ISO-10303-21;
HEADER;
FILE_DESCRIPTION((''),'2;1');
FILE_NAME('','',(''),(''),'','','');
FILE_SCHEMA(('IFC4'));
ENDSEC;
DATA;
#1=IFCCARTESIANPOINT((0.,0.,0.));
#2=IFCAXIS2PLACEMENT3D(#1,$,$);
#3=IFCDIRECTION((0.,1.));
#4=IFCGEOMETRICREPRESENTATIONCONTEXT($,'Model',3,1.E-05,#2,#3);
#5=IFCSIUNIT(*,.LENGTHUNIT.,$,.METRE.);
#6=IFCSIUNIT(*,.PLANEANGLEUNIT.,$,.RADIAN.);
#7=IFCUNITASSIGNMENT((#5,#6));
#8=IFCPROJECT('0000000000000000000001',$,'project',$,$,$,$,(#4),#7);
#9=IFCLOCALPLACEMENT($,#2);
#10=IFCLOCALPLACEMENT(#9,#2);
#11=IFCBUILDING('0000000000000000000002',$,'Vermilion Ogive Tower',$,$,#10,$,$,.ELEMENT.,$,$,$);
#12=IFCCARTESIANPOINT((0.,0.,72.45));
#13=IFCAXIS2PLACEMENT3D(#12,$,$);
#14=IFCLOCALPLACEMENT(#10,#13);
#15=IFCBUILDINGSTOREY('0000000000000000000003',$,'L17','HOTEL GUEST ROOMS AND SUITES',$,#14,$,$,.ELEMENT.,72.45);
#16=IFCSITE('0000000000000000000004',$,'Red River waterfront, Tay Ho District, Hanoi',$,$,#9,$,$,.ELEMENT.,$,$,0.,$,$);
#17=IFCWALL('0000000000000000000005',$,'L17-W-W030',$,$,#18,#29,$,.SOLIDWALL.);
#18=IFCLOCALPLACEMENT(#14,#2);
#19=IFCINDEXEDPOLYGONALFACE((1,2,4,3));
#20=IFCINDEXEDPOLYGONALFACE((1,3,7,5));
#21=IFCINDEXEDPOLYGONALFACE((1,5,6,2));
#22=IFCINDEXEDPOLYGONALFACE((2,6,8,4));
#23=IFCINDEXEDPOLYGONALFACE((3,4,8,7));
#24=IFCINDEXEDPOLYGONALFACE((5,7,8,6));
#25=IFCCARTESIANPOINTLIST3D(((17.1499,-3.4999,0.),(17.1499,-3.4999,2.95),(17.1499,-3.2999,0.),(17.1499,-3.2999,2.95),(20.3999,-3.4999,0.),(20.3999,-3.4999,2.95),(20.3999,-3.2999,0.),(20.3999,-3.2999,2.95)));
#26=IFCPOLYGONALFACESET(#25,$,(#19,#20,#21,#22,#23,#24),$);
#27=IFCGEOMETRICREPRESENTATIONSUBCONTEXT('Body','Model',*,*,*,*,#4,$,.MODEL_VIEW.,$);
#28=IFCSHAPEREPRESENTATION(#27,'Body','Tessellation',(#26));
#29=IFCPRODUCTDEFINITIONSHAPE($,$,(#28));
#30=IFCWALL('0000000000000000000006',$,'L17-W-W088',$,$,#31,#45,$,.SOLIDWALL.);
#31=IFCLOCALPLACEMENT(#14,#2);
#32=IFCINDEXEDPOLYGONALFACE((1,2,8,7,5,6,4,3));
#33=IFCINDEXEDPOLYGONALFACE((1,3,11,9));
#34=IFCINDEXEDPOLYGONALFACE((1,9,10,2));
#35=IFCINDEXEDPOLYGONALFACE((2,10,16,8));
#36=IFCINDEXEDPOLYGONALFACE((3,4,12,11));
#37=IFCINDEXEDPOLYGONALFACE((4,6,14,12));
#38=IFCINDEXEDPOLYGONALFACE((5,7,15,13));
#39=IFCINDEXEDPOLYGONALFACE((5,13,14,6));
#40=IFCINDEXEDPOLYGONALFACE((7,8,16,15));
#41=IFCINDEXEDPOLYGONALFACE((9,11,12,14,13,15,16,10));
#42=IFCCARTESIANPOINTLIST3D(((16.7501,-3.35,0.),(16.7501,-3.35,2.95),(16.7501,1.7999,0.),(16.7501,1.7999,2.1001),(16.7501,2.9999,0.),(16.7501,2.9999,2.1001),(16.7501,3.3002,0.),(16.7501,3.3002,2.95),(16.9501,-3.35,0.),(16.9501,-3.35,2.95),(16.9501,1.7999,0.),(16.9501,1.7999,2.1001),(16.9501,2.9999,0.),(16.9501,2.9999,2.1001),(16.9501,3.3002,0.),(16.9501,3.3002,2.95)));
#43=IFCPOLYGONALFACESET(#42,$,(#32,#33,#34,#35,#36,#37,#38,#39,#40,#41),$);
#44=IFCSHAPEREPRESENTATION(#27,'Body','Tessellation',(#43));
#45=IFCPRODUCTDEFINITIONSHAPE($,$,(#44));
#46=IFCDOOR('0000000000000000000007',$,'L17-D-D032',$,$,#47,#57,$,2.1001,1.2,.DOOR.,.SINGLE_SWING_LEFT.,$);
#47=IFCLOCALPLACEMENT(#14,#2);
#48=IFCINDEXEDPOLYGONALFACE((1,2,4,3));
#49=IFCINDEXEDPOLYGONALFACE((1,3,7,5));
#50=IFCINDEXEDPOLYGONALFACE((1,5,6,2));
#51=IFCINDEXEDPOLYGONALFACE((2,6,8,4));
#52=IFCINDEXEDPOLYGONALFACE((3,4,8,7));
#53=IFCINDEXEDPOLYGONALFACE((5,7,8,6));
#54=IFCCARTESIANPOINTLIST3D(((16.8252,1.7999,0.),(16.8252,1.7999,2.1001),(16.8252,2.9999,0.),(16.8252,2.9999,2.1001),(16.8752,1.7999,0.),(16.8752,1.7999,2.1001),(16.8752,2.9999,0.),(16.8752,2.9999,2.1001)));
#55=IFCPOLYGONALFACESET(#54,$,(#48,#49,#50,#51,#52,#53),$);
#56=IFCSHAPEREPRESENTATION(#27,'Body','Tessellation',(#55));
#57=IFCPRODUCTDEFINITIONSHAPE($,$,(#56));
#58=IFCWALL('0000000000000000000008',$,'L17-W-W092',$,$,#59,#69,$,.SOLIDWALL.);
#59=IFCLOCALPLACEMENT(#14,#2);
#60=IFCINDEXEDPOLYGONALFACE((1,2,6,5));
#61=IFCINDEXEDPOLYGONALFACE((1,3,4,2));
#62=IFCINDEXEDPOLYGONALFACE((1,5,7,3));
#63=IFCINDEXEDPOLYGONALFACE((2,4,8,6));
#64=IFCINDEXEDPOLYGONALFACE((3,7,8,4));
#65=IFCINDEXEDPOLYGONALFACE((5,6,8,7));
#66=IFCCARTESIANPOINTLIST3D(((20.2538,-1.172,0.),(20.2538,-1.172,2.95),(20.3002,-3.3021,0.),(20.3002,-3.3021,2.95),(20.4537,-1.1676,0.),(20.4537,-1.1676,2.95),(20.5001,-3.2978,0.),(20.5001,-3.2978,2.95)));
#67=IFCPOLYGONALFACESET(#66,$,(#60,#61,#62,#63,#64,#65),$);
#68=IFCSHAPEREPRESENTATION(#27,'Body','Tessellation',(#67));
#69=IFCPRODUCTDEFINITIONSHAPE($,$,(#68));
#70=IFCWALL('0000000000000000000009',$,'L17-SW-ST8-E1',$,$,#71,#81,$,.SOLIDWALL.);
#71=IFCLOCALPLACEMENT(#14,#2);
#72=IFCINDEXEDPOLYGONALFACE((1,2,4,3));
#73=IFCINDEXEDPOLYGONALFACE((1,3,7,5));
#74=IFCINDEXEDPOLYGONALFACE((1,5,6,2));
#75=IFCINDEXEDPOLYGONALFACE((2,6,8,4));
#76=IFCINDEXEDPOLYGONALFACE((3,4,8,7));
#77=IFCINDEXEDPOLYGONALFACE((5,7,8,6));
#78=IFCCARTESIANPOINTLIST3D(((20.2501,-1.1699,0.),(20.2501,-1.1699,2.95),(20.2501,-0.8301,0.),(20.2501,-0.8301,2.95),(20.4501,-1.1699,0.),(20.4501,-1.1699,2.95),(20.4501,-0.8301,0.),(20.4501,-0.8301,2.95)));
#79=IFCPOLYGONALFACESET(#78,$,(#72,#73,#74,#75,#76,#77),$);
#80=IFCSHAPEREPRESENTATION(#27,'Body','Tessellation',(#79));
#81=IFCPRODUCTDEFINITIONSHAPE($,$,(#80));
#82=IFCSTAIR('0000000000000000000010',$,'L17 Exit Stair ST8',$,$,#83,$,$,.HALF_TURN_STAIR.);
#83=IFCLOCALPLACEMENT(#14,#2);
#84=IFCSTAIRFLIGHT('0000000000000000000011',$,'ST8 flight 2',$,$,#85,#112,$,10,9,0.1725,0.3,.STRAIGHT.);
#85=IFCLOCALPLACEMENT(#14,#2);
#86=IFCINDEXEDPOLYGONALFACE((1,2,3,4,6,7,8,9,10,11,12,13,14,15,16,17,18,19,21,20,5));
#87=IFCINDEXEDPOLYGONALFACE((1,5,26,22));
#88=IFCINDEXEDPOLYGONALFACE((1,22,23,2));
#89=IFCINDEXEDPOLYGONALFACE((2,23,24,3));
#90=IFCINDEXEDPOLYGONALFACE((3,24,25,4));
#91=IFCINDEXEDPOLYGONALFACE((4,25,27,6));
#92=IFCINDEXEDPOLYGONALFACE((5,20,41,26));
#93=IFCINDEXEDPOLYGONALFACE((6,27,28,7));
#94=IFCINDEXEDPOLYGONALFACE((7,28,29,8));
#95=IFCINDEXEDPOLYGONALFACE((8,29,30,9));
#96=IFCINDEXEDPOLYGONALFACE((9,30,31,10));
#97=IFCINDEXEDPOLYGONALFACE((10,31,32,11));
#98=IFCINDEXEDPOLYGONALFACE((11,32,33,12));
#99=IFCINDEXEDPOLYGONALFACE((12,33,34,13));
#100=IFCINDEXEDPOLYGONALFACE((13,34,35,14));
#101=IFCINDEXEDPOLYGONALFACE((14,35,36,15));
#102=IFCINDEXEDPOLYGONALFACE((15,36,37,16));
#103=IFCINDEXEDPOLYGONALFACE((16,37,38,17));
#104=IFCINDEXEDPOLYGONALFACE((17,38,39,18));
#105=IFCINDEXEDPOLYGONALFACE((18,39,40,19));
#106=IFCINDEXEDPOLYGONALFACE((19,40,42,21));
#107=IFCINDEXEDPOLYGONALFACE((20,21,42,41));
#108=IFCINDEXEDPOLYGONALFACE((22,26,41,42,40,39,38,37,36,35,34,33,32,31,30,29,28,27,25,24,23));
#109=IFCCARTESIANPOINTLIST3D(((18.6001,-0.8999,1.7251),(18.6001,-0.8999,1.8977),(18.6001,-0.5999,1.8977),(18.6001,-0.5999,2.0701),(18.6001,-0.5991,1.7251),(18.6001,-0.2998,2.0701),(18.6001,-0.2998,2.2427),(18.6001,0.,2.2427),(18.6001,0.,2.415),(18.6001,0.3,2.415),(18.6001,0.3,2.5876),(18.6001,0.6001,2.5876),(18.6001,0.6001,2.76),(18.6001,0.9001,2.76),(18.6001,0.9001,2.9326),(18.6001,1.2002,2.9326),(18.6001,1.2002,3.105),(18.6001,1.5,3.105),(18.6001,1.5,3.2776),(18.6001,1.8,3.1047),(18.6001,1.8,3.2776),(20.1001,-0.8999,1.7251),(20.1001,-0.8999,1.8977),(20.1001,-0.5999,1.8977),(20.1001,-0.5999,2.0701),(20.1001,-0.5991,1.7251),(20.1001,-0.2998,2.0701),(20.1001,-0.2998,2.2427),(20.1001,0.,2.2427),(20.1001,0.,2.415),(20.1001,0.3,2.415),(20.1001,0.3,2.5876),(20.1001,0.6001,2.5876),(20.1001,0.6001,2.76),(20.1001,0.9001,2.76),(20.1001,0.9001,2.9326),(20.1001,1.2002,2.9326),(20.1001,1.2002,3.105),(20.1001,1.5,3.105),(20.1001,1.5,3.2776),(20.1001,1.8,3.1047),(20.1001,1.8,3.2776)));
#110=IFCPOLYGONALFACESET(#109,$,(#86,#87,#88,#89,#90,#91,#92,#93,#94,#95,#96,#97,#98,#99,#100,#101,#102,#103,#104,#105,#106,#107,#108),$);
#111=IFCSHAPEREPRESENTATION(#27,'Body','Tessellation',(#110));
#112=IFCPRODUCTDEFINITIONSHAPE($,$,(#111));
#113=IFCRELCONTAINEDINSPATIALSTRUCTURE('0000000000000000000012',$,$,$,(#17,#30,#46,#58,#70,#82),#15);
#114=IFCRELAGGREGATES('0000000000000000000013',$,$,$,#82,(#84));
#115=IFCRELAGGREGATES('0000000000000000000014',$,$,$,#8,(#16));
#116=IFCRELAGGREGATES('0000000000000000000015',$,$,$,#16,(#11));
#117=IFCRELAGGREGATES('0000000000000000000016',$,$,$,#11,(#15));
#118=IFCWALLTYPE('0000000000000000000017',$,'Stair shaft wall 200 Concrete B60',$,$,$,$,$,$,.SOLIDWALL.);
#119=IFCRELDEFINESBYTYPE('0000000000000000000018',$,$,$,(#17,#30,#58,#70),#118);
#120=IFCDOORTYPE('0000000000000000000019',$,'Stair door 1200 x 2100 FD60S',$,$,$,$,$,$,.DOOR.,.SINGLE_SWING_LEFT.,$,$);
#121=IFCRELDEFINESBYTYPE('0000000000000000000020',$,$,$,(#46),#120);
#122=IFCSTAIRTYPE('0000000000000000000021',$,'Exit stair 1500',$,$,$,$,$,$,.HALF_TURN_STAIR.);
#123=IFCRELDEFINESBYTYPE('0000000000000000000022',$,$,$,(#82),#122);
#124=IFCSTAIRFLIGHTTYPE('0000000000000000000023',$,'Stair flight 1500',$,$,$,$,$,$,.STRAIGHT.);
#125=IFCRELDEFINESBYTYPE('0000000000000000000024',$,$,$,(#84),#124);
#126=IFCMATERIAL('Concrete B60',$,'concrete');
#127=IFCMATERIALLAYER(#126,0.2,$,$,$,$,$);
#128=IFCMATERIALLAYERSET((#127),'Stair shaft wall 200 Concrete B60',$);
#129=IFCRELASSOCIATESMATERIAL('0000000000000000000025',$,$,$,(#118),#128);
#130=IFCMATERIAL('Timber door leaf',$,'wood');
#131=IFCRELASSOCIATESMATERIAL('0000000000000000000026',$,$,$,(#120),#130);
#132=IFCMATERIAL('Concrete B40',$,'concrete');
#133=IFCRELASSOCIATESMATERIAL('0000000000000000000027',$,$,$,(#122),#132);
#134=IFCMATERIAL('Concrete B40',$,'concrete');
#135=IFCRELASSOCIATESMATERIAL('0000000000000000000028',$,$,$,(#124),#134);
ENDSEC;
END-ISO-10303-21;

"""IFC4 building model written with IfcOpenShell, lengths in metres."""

from ifc_helpers import new_model, si_unit, direction, frame, frame_2d, origin, place, context, subcontext, project, spatial, polyline, rectangle, outline, extrude, material, layer, layer_set, type_object, element, fill, aggregate, save


model = new_model("IFC4")

# Units and contexts
model_context = context("Model", 3, precision=1e-05, world=origin(), true_north=direction((0.0, 1.0)))
body_context = subcontext(model_context, "Body", "Model", "MODEL_VIEW")
ifc_project = project(units=[si_unit("LENGTHUNIT", "METRE"), si_unit("PLANEANGLEUNIT", "RADIAN")], contexts=[model_context])

# Site, building, storey
site_placement = place(None, origin())
site = spatial("IfcSite", under=ifc_project, at=site_placement, Name="Red River waterfront, Tay Ho District, Hanoi", CompositionType="ELEMENT", RefElevation=0.0)
building_placement = place(site_placement, origin())
building = spatial("IfcBuilding", under=site, at=building_placement, Name="Vermilion Ogive Tower", CompositionType="ELEMENT")
storey_placement = place(building_placement, frame((0.0, 0.0, 72.45)))
storey = spatial("IfcBuildingStorey", under=building, at=storey_placement, Name="L17", Description="HOTEL GUEST ROOMS AND SUITES", CompositionType="ELEMENT", Elevation=72.45)

# Wall
ifc_material_1 = material(Name="Concrete B60", Category="concrete")
ifc_layer_1 = layer(ifc_material_1, 0.2)
ifc_layer_set_1 = layer_set([ifc_layer_1], Name="Stair shaft wall 200 Concrete B60")
wall_type_1 = type_object("IfcWallType", Name="Stair shaft wall 200 Concrete B60", PredefinedType="SOLIDWALL", material=ifc_layer_set_1)
wall_1_placement = place(storey_placement, frame((17.1499, -3.3999, 0.0), z_axis=(0.0, 0.0, 1.0), x_axis=(1.0, 0.0, 0.0)))
element("IfcWall", 1, at=wall_1_placement, inside=storey, type_object=wall_type_1, Name="L17-W-W030", PredefinedType="SOLIDWALL", context=body_context, shape_type="SweptSolid", body=[
    extrude(rectangle(XDim=3.25, YDim=0.2, at=frame_2d((1.625, 0.0))), origin(), (0.0, 0.0, 1.0), 2.95),
])

# Wall, opening, door
wall_2_placement = place(storey_placement, frame((16.8501, -3.3501, 0.0), z_axis=(0.0, 0.0, 1.0), x_axis=(0.0, 1.0, 0.0)))
wall_2 = element("IfcWall", 2, at=wall_2_placement, inside=storey, type_object=wall_type_1, Name="L17-W-W088", PredefinedType="SOLIDWALL", context=body_context, shape_type="SweptSolid", body=[
    extrude(rectangle(XDim=6.6501, YDim=0.2, at=frame_2d((3.3252, 0.0))), origin(), (0.0, 0.0, 1.0), 2.95),
])
opening_1_placement = place(wall_2_placement, frame((5.1499, 0.0, 0.0)))
opening_1 = element("IfcOpeningElement", 3, at=opening_1_placement, cuts=wall_2, PredefinedType="OPENING", context=body_context, shape_type="SweptSolid", body=[
    extrude(rectangle(XDim=1.2, YDim=2.1001, at=frame_2d((0.6001, 1.05))), frame((0.0, 0.1099, 0.0), z_axis=(0.0, -1.0, 0.0), x_axis=(1.0, 0.0, 0.0)), (0.0, 0.0, 1.0), 0.22),
])
ifc_material_2 = material(Name="Timber door leaf", Category="wood")
door_type_1 = type_object("IfcDoorType", Name="Stair door 1200 x 2100 FD60S", OperationType="SINGLE_SWING_LEFT", PredefinedType="DOOR", material=ifc_material_2)
door_1_placement = place(opening_1_placement, origin())
door_1 = element("IfcDoor", 4, at=door_1_placement, inside=storey, type_object=door_type_1, Name="L17-D-D032", OperationType="SINGLE_SWING_LEFT", OverallHeight=2.1001, OverallWidth=1.2, PredefinedType="DOOR", context=body_context, shape_type="SweptSolid", body=[
    extrude(rectangle(XDim=1.2, YDim=2.1001, at=frame_2d((0.6001, 1.05))), frame((0.0, 0.0249, 0.0), z_axis=(0.0, -1.0, 0.0), x_axis=(1.0, 0.0, 0.0)), (0.0, 0.0, 1.0), 0.05),
])
fill(opening_1, door_1)

# Walls
wall_3_placement = place(storey_placement, frame((20.4001, -3.3, 0.0), z_axis=(0.0, 0.0, 1.0), x_axis=(-0.021771, 0.999763, 0.0)))
element("IfcWall", 5, at=wall_3_placement, inside=storey, type_object=wall_type_1, Name="L17-W-W092", PredefinedType="SOLIDWALL", context=body_context, shape_type="SweptSolid", body=[
    extrude(rectangle(XDim=2.1306, YDim=0.2, at=frame_2d((1.0654, 0.0))), origin(), (0.0, 0.0, 1.0), 2.95),
])
wall_4_placement = place(storey_placement, frame((20.3501, -1.1699, 0.0), z_axis=(0.0, 0.0, 1.0), x_axis=(0.0, 1.0, 0.0)))
element("IfcWall", 6, at=wall_4_placement, inside=storey, type_object=wall_type_1, Name="L17-SW-ST8-E1", PredefinedType="SOLIDWALL", context=body_context, shape_type="SweptSolid", body=[
    extrude(rectangle(XDim=0.3398, YDim=0.2, at=frame_2d((0.1699, 0.0))), origin(), (0.0, 0.0, 1.0), 2.95),
])

# Stair, stair flight
ifc_material_3 = material(Name="Concrete B40", Category="concrete")
stair_type = type_object("IfcStairType", Name="Exit stair 1500", PredefinedType="HALF_TURN_STAIR", material=ifc_material_3)
stair_placement = place(storey_placement, origin())
stair = element("IfcStair", 7, at=stair_placement, inside=storey, type_object=stair_type, Name="L17 Exit Stair ST8", PredefinedType="HALF_TURN_STAIR")
ifc_material_4 = material(Name="Concrete B40", Category="concrete")
stair_flight_type = type_object("IfcStairFlightType", Name="Stair flight 1500", PredefinedType="STRAIGHT", material=ifc_material_4)
stair_flight_placement = place(storey_placement, frame((19.3501, -0.8999, 1.7251), z_axis=(0.0, 0.0, 1.0), x_axis=(0.0, 1.0, 0.0)))
stair_flight = element("IfcStairFlight", 8, at=stair_flight_placement, type_object=stair_flight_type, Name="ST8 flight 2", NumberOfRisers=10, NumberOfTreads=9, PredefinedType="STRAIGHT", RiserHeight=0.1725, TreadLength=0.3, context=body_context, shape_type="SweptSolid", body=[
    extrude(outline(polyline([(0.0, 0.0), (0.0, 0.1726), (0.3, 0.1726), (0.3, 0.345), (0.6001, 0.345), (0.6001, 0.5176), (0.8999, 0.5176), (0.8999, 0.6899), (1.2, 0.6899), (1.2, 0.8625), (1.5, 0.8625), (1.5, 1.0349), (1.8, 1.0349), (1.8, 1.2075), (2.1001, 1.2075), (2.1001, 1.3799), (2.3999, 1.3799), (2.3999, 1.5525), (2.7, 1.5525), (2.7, 1.7251), (2.7, 1.3796), (0.3008, 0.0), (0.0, 0.0)])), frame((0.0, 0.75, 0.0), z_axis=(0.0, -1.0, 0.0), x_axis=(1.0, 0.0, 0.0)), (0.0, 0.0, 1.0), 1.5),
])
aggregate(stair, [stair_flight])

save(model, "model.ifc")
